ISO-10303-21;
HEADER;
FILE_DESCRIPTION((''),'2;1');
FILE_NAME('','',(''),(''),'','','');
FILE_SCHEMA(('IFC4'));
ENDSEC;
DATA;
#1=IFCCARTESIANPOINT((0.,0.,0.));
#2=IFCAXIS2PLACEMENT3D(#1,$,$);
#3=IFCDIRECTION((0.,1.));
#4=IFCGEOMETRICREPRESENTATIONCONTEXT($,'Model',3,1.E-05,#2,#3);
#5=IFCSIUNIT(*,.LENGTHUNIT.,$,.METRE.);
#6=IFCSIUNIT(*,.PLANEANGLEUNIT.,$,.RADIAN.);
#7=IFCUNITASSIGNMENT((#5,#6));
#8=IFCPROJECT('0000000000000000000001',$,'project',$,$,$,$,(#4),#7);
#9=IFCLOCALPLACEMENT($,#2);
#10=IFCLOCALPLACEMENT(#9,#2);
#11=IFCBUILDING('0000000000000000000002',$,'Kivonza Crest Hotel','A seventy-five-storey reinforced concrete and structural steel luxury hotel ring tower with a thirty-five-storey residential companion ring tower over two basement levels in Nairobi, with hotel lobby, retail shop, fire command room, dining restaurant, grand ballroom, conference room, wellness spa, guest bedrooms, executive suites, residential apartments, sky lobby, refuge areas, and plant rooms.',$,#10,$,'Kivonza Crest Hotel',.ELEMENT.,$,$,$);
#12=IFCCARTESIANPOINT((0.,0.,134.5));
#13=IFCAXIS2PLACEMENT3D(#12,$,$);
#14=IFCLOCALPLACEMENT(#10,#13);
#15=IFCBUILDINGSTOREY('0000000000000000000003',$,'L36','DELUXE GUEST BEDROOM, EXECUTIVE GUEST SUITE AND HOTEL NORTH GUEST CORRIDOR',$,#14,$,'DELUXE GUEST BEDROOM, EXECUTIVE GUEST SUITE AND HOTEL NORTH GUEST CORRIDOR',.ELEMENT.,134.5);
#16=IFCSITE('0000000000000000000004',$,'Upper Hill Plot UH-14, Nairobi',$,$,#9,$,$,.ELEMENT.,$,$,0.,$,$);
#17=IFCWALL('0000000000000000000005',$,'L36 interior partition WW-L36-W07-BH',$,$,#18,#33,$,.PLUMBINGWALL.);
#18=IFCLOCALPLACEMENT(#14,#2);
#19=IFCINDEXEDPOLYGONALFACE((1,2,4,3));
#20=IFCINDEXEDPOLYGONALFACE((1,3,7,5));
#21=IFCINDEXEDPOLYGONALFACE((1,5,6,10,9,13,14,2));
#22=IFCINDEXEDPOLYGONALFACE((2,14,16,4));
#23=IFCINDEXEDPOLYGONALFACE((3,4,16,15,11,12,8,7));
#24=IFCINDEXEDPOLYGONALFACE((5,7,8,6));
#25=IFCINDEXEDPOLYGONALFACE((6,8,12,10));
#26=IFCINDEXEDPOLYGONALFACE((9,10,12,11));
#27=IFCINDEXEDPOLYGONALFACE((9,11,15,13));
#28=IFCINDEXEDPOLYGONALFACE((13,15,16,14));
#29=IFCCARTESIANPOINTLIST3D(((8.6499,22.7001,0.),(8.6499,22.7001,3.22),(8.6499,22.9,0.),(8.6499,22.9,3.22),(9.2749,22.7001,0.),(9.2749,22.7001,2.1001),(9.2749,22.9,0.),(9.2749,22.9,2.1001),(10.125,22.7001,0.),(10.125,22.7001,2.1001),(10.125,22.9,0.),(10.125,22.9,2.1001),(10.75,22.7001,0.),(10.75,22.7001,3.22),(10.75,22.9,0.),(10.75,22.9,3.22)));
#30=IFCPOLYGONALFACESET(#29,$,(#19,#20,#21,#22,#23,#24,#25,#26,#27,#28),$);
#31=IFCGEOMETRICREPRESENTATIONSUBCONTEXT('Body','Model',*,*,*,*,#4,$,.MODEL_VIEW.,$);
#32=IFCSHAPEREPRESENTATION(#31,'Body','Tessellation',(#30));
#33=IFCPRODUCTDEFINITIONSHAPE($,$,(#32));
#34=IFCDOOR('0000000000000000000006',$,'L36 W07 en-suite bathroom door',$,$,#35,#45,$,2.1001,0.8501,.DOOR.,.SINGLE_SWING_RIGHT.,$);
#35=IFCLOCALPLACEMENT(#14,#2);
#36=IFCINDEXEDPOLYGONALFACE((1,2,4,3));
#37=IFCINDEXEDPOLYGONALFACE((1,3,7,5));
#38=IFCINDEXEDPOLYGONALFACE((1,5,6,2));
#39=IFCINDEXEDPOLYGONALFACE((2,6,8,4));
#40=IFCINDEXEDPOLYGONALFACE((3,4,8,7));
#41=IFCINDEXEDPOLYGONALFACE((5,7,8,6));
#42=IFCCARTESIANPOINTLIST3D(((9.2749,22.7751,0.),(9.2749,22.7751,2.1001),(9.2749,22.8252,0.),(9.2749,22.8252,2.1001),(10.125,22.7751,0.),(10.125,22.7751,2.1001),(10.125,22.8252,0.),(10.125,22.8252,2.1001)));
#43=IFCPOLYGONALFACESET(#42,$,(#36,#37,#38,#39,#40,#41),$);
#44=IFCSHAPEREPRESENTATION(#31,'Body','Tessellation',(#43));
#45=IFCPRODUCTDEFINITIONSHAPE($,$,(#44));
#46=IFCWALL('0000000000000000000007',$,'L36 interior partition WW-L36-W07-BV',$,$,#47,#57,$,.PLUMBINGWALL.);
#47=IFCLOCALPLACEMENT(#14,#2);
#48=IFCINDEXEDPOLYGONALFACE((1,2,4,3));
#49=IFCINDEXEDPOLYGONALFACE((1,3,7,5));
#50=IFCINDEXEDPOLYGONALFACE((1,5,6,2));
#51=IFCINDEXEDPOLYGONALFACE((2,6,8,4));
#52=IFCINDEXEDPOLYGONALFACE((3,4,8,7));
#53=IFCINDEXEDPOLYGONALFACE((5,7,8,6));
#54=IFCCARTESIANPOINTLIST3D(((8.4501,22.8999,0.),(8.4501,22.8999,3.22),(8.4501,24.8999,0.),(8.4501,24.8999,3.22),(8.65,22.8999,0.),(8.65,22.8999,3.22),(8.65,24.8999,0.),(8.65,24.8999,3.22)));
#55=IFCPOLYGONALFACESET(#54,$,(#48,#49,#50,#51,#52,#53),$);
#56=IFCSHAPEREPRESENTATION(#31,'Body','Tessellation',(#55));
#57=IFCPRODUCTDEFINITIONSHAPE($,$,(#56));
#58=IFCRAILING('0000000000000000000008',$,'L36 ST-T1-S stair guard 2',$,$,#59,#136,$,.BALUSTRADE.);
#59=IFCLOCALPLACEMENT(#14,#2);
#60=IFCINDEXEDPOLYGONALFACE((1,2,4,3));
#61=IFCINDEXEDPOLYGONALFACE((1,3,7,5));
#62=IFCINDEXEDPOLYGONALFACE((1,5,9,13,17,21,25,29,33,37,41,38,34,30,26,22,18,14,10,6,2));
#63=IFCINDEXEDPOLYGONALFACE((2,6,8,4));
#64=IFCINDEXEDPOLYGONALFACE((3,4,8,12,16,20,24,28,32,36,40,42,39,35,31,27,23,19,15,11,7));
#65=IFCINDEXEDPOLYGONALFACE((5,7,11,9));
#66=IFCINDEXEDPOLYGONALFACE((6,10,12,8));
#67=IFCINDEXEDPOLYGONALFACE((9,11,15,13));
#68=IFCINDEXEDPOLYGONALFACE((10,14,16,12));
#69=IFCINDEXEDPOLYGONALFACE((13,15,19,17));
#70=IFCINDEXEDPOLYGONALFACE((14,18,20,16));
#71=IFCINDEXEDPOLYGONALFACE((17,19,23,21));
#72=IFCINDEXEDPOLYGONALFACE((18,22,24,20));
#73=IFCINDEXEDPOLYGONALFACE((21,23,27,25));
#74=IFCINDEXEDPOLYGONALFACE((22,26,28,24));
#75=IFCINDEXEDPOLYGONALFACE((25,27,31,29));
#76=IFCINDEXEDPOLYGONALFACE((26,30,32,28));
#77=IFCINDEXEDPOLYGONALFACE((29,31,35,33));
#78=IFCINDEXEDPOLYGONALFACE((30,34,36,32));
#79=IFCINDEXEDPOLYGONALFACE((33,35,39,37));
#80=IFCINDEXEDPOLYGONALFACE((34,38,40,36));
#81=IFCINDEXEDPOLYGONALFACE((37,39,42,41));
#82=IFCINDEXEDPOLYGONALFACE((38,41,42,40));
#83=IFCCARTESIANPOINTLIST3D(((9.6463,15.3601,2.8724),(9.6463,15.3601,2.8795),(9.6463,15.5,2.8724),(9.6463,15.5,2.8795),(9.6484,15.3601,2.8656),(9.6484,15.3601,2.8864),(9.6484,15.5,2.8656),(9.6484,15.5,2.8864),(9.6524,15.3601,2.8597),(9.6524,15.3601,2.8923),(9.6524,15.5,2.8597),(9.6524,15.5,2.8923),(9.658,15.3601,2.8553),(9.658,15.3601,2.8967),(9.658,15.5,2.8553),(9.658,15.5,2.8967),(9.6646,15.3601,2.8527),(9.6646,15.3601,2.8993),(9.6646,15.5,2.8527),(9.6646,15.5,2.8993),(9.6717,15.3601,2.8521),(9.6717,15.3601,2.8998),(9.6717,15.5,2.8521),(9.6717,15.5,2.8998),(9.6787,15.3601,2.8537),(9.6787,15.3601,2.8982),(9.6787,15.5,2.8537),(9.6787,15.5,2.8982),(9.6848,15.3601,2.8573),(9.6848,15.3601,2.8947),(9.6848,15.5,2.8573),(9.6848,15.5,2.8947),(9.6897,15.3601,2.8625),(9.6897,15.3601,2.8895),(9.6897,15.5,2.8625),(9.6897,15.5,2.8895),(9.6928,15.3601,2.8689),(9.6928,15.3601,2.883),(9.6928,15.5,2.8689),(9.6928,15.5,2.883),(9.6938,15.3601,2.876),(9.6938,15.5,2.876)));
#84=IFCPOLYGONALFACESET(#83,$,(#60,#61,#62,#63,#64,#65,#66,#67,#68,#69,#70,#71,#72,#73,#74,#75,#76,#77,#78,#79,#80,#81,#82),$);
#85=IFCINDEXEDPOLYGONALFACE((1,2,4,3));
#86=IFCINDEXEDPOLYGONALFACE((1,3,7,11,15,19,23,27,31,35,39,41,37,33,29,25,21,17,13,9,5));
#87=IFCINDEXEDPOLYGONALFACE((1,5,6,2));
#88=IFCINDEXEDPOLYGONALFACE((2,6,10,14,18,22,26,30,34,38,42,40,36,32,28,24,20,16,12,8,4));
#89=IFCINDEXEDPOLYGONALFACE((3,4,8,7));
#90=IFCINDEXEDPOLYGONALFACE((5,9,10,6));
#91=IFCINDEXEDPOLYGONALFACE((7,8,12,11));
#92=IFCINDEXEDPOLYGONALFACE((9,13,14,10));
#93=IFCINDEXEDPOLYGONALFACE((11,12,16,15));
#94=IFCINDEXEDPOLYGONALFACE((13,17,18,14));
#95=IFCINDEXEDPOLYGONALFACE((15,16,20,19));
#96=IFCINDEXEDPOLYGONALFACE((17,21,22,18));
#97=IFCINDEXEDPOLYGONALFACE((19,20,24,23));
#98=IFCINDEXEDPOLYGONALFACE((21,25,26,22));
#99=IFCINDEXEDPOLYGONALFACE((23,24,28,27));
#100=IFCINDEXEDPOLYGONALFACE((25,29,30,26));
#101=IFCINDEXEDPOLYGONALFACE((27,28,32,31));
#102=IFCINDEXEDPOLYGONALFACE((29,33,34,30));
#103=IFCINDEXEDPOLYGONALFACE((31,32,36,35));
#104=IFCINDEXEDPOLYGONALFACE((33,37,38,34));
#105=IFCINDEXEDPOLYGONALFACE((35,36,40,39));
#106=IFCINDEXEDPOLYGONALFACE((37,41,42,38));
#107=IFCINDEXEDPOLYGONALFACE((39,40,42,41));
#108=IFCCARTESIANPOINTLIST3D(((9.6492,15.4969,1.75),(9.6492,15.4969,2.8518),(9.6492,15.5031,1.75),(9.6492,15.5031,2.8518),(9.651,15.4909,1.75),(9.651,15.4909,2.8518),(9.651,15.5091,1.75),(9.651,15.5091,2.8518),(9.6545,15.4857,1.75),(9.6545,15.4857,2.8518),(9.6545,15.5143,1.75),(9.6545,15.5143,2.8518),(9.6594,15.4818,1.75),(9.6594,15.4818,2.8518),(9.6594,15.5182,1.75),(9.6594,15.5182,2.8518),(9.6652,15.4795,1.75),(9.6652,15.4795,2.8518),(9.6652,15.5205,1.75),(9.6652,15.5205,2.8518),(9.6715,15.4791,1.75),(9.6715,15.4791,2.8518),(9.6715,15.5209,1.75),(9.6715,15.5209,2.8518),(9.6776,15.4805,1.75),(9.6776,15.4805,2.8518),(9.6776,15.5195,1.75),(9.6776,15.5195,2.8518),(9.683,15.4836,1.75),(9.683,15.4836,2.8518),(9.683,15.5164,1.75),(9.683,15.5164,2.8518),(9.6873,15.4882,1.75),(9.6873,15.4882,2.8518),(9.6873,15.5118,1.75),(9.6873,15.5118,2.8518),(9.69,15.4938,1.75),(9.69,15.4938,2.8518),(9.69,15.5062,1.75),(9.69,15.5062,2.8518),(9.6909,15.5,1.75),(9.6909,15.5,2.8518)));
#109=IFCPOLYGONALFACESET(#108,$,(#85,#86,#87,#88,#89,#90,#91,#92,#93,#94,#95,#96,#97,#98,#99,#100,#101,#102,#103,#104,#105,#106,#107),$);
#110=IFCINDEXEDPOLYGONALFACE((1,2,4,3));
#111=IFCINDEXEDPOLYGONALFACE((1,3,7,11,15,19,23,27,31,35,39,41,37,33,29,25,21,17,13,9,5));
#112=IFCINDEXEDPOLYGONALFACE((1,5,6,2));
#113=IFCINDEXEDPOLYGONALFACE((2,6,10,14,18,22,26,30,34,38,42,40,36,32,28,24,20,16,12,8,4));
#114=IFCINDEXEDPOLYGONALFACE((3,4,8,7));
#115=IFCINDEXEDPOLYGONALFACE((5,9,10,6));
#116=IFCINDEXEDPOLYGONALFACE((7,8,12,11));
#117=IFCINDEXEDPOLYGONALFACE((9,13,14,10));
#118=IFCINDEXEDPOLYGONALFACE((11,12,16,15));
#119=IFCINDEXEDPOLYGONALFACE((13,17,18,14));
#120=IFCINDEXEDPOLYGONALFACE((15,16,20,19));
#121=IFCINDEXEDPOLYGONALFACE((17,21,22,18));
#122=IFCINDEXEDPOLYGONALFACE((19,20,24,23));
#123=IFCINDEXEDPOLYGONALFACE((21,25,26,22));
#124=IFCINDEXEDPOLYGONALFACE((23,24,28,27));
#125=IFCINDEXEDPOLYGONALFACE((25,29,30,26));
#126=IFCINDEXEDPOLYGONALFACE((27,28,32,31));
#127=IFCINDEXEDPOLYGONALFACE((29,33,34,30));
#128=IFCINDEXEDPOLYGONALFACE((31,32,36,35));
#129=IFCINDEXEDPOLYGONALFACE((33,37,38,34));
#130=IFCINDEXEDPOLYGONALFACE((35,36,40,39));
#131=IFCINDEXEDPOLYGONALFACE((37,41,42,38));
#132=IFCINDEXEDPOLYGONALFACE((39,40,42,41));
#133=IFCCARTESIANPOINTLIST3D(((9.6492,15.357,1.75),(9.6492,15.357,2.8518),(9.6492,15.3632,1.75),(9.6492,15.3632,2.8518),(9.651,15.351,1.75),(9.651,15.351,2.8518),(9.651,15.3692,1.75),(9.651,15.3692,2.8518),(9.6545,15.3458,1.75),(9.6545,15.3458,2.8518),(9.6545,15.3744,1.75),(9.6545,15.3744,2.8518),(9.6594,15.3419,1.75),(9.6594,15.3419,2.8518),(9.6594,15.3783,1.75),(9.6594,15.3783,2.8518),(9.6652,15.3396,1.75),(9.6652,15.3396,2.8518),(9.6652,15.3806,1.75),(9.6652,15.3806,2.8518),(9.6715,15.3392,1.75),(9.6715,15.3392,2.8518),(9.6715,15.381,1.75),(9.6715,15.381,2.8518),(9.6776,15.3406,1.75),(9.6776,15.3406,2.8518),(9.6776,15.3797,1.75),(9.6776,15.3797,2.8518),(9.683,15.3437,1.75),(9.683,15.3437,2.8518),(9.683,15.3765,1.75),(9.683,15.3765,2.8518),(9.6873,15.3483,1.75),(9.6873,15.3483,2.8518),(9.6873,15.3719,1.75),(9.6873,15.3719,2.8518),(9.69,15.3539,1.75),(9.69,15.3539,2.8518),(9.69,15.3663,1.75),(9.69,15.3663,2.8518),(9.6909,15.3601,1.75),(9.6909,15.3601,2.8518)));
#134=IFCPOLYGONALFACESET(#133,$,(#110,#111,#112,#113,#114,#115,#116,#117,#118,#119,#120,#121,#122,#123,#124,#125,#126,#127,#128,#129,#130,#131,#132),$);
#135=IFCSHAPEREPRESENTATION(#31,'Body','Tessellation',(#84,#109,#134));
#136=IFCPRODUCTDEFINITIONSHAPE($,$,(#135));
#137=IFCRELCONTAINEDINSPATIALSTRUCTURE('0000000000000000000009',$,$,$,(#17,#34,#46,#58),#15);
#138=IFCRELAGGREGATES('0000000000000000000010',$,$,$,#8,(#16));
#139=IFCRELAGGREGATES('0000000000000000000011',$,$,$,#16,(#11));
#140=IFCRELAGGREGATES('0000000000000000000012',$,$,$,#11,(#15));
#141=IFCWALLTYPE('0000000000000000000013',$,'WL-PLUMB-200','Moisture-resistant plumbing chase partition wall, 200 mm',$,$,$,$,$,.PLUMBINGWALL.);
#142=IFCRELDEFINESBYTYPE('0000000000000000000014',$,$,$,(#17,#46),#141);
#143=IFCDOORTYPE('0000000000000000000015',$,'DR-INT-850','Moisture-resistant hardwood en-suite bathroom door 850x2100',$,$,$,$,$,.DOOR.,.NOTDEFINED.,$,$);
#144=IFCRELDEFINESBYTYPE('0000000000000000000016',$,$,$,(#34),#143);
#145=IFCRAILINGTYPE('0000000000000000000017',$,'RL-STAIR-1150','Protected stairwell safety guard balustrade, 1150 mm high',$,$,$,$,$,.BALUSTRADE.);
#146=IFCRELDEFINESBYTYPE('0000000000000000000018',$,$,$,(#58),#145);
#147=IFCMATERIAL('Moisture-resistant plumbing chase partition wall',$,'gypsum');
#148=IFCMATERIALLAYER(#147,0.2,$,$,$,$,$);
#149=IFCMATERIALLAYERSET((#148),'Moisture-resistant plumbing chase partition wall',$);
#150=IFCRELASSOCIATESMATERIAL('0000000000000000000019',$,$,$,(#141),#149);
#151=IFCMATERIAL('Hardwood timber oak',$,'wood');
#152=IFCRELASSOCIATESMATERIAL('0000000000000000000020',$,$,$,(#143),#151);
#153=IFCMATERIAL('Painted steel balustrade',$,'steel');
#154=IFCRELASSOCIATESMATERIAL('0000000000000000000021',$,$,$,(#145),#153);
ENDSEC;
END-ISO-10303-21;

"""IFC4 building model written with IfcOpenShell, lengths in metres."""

from ifc_helpers import new_model, si_unit, direction, frame, frame_2d, origin, origin_2d, place, context, subcontext, project, spatial, rectangle, circle, extrude, material, layer, layer_set, type_object, element, fill, save


model = new_model("IFC4")

# Units and contexts
model_context = context("Model", 3, precision=1e-05, world=origin(), true_north=direction((0.0, 1.0)))
body_context = subcontext(model_context, "Body", "Model", "MODEL_VIEW")
ifc_project = project(units=[si_unit("LENGTHUNIT", "METRE"), si_unit("PLANEANGLEUNIT", "RADIAN")], contexts=[model_context])

# Site, building, storey
site_placement = place(None, origin())
site = spatial("IfcSite", under=ifc_project, at=site_placement, Name="Upper Hill Plot UH-14, Nairobi", CompositionType="ELEMENT", RefElevation=0.0)
building_placement = place(site_placement, origin())
building = spatial("IfcBuilding", under=site, at=building_placement, Name="Kivonza Crest Hotel", Description="A seventy-five-storey reinforced concrete and structural steel luxury hotel ring tower with a thirty-five-storey residential companion ring tower over two basement levels in Nairobi, with hotel lobby, retail shop, fire command room, dining restaurant, grand ballroom, conference room, wellness spa, guest bedrooms, executive suites, residential apartments, sky lobby, refuge areas, and plant rooms.", LongName="Kivonza Crest Hotel", CompositionType="ELEMENT")
storey_placement = place(building_placement, frame((0.0, 0.0, 134.5)))
storey = spatial("IfcBuildingStorey", under=building, at=storey_placement, Name="L36", Description="DELUXE GUEST BEDROOM, EXECUTIVE GUEST SUITE AND HOTEL NORTH GUEST CORRIDOR", LongName="DELUXE GUEST BEDROOM, EXECUTIVE GUEST SUITE AND HOTEL NORTH GUEST CORRIDOR", CompositionType="ELEMENT", Elevation=134.5)

# Shared definitions
ifc_material_1 = material(Name="Hardwood timber oak", Category="wood")

# Wall, opening, door
ifc_material_2 = material(Name="Moisture-resistant plumbing chase partition wall", Category="gypsum")
ifc_layer_1 = layer(ifc_material_2, 0.2)
ifc_layer_set_1 = layer_set([ifc_layer_1], Name="Moisture-resistant plumbing chase partition wall")
wall_type_1 = type_object("IfcWallType", Name="WL-PLUMB-200", Description="Moisture-resistant plumbing chase partition wall, 200 mm", PredefinedType="PLUMBINGWALL", material=ifc_layer_set_1)
wall_1_placement = place(storey_placement, frame((8.6499, 22.8, 0.0), z_axis=(0.0, 0.0, 1.0), x_axis=(1.0, 0.0, 0.0)))
wall_1 = element("IfcWall", 1, at=wall_1_placement, inside=storey, type_object=wall_type_1, Name="L36 interior partition WW-L36-W07-BH", PredefinedType="PLUMBINGWALL", context=body_context, shape_type="SweptSolid", body=[
    extrude(rectangle(XDim=2.1001, YDim=0.2, at=frame_2d((1.05, 0.0))), origin(), (0.0, 0.0, 1.0), 3.22),
])
opening_1_placement = place(wall_1_placement, frame((0.625, 0.0, 0.0)))
opening_1 = element("IfcOpeningElement", 2, at=opening_1_placement, cuts=wall_1, PredefinedType="OPENING", context=body_context, shape_type="SweptSolid", body=[
    extrude(rectangle(XDim=0.8501, YDim=2.1001, at=frame_2d((0.425, 1.05))), frame((0.0, 0.1099, 0.0), z_axis=(0.0, -1.0, 0.0), x_axis=(1.0, 0.0, 0.0)), (0.0, 0.0, 1.0), 0.22),
])
door_type_1 = type_object("IfcDoorType", Name="DR-INT-850", Description="Moisture-resistant hardwood en-suite bathroom door 850x2100", OperationType="NOTDEFINED", PredefinedType="DOOR", material=ifc_material_1)
door_1_placement = place(opening_1_placement, frame((0.8501, 0.0, 0.0), z_axis=(0.0, 0.0, 1.0), x_axis=(-1.0, 0.0, 0.0)))
door_1 = element("IfcDoor", 3, at=door_1_placement, inside=storey, type_object=door_type_1, Name="L36 W07 en-suite bathroom door", OperationType="SINGLE_SWING_RIGHT", OverallHeight=2.1001, OverallWidth=0.8501, PredefinedType="DOOR", context=body_context, shape_type="SweptSolid", body=[
    extrude(rectangle(XDim=0.8501, YDim=2.1001, at=frame_2d((0.425, 1.05))), frame((0.0, 0.0249, 0.0), z_axis=(0.0, -1.0, 0.0), x_axis=(1.0, 0.0, 0.0)), (0.0, 0.0, 1.0), 0.05),
])
fill(opening_1, door_1)

# Wall
wall_2_placement = place(storey_placement, frame((8.55, 22.8999, 0.0), z_axis=(0.0, 0.0, 1.0), x_axis=(0.0, 1.0, 0.0)))
element("IfcWall", 4, at=wall_2_placement, inside=storey, type_object=wall_type_1, Name="L36 interior partition WW-L36-W07-BV", PredefinedType="PLUMBINGWALL", context=body_context, shape_type="SweptSolid", body=[
    extrude(rectangle(XDim=2.0, YDim=0.2, at=frame_2d((1.0, 0.0))), origin(), (0.0, 0.0, 1.0), 3.22),
])

# Railing
ifc_material_3 = material(Name="Painted steel balustrade", Category="steel")
railing_type = type_object("IfcRailingType", Name="RL-STAIR-1150", Description="Protected stairwell safety guard balustrade, 1150 mm high", PredefinedType="BALUSTRADE", material=ifc_material_3)
railing_placement = place(storey_placement, frame((9.6699, 15.5, 1.75)))
element("IfcRailing", 5, at=railing_placement, inside=storey, type_object=railing_type, Name="L36 ST-T1-S stair guard 2", PredefinedType="BALUSTRADE", context=body_context, shape_type="SweptSolid", body=[
    extrude(circle(Radius=0.0239, at=origin_2d()), frame((0.0, 0.0, 1.126), z_axis=(0.0, -1.0, 0.0), x_axis=(1.0, 0.0, 0.0)), (0.0, 0.0, 1.0), 0.1399),
    extrude(circle(Radius=0.021, at=origin_2d()), origin(), (0.0, 0.0, 1.0), 1.1018),
    extrude(circle(Radius=0.021, at=origin_2d()), frame((0.0, -0.1399, 0.0)), (0.0, 0.0, 1.0), 1.1018),
])

save(model, "model.ifc")
